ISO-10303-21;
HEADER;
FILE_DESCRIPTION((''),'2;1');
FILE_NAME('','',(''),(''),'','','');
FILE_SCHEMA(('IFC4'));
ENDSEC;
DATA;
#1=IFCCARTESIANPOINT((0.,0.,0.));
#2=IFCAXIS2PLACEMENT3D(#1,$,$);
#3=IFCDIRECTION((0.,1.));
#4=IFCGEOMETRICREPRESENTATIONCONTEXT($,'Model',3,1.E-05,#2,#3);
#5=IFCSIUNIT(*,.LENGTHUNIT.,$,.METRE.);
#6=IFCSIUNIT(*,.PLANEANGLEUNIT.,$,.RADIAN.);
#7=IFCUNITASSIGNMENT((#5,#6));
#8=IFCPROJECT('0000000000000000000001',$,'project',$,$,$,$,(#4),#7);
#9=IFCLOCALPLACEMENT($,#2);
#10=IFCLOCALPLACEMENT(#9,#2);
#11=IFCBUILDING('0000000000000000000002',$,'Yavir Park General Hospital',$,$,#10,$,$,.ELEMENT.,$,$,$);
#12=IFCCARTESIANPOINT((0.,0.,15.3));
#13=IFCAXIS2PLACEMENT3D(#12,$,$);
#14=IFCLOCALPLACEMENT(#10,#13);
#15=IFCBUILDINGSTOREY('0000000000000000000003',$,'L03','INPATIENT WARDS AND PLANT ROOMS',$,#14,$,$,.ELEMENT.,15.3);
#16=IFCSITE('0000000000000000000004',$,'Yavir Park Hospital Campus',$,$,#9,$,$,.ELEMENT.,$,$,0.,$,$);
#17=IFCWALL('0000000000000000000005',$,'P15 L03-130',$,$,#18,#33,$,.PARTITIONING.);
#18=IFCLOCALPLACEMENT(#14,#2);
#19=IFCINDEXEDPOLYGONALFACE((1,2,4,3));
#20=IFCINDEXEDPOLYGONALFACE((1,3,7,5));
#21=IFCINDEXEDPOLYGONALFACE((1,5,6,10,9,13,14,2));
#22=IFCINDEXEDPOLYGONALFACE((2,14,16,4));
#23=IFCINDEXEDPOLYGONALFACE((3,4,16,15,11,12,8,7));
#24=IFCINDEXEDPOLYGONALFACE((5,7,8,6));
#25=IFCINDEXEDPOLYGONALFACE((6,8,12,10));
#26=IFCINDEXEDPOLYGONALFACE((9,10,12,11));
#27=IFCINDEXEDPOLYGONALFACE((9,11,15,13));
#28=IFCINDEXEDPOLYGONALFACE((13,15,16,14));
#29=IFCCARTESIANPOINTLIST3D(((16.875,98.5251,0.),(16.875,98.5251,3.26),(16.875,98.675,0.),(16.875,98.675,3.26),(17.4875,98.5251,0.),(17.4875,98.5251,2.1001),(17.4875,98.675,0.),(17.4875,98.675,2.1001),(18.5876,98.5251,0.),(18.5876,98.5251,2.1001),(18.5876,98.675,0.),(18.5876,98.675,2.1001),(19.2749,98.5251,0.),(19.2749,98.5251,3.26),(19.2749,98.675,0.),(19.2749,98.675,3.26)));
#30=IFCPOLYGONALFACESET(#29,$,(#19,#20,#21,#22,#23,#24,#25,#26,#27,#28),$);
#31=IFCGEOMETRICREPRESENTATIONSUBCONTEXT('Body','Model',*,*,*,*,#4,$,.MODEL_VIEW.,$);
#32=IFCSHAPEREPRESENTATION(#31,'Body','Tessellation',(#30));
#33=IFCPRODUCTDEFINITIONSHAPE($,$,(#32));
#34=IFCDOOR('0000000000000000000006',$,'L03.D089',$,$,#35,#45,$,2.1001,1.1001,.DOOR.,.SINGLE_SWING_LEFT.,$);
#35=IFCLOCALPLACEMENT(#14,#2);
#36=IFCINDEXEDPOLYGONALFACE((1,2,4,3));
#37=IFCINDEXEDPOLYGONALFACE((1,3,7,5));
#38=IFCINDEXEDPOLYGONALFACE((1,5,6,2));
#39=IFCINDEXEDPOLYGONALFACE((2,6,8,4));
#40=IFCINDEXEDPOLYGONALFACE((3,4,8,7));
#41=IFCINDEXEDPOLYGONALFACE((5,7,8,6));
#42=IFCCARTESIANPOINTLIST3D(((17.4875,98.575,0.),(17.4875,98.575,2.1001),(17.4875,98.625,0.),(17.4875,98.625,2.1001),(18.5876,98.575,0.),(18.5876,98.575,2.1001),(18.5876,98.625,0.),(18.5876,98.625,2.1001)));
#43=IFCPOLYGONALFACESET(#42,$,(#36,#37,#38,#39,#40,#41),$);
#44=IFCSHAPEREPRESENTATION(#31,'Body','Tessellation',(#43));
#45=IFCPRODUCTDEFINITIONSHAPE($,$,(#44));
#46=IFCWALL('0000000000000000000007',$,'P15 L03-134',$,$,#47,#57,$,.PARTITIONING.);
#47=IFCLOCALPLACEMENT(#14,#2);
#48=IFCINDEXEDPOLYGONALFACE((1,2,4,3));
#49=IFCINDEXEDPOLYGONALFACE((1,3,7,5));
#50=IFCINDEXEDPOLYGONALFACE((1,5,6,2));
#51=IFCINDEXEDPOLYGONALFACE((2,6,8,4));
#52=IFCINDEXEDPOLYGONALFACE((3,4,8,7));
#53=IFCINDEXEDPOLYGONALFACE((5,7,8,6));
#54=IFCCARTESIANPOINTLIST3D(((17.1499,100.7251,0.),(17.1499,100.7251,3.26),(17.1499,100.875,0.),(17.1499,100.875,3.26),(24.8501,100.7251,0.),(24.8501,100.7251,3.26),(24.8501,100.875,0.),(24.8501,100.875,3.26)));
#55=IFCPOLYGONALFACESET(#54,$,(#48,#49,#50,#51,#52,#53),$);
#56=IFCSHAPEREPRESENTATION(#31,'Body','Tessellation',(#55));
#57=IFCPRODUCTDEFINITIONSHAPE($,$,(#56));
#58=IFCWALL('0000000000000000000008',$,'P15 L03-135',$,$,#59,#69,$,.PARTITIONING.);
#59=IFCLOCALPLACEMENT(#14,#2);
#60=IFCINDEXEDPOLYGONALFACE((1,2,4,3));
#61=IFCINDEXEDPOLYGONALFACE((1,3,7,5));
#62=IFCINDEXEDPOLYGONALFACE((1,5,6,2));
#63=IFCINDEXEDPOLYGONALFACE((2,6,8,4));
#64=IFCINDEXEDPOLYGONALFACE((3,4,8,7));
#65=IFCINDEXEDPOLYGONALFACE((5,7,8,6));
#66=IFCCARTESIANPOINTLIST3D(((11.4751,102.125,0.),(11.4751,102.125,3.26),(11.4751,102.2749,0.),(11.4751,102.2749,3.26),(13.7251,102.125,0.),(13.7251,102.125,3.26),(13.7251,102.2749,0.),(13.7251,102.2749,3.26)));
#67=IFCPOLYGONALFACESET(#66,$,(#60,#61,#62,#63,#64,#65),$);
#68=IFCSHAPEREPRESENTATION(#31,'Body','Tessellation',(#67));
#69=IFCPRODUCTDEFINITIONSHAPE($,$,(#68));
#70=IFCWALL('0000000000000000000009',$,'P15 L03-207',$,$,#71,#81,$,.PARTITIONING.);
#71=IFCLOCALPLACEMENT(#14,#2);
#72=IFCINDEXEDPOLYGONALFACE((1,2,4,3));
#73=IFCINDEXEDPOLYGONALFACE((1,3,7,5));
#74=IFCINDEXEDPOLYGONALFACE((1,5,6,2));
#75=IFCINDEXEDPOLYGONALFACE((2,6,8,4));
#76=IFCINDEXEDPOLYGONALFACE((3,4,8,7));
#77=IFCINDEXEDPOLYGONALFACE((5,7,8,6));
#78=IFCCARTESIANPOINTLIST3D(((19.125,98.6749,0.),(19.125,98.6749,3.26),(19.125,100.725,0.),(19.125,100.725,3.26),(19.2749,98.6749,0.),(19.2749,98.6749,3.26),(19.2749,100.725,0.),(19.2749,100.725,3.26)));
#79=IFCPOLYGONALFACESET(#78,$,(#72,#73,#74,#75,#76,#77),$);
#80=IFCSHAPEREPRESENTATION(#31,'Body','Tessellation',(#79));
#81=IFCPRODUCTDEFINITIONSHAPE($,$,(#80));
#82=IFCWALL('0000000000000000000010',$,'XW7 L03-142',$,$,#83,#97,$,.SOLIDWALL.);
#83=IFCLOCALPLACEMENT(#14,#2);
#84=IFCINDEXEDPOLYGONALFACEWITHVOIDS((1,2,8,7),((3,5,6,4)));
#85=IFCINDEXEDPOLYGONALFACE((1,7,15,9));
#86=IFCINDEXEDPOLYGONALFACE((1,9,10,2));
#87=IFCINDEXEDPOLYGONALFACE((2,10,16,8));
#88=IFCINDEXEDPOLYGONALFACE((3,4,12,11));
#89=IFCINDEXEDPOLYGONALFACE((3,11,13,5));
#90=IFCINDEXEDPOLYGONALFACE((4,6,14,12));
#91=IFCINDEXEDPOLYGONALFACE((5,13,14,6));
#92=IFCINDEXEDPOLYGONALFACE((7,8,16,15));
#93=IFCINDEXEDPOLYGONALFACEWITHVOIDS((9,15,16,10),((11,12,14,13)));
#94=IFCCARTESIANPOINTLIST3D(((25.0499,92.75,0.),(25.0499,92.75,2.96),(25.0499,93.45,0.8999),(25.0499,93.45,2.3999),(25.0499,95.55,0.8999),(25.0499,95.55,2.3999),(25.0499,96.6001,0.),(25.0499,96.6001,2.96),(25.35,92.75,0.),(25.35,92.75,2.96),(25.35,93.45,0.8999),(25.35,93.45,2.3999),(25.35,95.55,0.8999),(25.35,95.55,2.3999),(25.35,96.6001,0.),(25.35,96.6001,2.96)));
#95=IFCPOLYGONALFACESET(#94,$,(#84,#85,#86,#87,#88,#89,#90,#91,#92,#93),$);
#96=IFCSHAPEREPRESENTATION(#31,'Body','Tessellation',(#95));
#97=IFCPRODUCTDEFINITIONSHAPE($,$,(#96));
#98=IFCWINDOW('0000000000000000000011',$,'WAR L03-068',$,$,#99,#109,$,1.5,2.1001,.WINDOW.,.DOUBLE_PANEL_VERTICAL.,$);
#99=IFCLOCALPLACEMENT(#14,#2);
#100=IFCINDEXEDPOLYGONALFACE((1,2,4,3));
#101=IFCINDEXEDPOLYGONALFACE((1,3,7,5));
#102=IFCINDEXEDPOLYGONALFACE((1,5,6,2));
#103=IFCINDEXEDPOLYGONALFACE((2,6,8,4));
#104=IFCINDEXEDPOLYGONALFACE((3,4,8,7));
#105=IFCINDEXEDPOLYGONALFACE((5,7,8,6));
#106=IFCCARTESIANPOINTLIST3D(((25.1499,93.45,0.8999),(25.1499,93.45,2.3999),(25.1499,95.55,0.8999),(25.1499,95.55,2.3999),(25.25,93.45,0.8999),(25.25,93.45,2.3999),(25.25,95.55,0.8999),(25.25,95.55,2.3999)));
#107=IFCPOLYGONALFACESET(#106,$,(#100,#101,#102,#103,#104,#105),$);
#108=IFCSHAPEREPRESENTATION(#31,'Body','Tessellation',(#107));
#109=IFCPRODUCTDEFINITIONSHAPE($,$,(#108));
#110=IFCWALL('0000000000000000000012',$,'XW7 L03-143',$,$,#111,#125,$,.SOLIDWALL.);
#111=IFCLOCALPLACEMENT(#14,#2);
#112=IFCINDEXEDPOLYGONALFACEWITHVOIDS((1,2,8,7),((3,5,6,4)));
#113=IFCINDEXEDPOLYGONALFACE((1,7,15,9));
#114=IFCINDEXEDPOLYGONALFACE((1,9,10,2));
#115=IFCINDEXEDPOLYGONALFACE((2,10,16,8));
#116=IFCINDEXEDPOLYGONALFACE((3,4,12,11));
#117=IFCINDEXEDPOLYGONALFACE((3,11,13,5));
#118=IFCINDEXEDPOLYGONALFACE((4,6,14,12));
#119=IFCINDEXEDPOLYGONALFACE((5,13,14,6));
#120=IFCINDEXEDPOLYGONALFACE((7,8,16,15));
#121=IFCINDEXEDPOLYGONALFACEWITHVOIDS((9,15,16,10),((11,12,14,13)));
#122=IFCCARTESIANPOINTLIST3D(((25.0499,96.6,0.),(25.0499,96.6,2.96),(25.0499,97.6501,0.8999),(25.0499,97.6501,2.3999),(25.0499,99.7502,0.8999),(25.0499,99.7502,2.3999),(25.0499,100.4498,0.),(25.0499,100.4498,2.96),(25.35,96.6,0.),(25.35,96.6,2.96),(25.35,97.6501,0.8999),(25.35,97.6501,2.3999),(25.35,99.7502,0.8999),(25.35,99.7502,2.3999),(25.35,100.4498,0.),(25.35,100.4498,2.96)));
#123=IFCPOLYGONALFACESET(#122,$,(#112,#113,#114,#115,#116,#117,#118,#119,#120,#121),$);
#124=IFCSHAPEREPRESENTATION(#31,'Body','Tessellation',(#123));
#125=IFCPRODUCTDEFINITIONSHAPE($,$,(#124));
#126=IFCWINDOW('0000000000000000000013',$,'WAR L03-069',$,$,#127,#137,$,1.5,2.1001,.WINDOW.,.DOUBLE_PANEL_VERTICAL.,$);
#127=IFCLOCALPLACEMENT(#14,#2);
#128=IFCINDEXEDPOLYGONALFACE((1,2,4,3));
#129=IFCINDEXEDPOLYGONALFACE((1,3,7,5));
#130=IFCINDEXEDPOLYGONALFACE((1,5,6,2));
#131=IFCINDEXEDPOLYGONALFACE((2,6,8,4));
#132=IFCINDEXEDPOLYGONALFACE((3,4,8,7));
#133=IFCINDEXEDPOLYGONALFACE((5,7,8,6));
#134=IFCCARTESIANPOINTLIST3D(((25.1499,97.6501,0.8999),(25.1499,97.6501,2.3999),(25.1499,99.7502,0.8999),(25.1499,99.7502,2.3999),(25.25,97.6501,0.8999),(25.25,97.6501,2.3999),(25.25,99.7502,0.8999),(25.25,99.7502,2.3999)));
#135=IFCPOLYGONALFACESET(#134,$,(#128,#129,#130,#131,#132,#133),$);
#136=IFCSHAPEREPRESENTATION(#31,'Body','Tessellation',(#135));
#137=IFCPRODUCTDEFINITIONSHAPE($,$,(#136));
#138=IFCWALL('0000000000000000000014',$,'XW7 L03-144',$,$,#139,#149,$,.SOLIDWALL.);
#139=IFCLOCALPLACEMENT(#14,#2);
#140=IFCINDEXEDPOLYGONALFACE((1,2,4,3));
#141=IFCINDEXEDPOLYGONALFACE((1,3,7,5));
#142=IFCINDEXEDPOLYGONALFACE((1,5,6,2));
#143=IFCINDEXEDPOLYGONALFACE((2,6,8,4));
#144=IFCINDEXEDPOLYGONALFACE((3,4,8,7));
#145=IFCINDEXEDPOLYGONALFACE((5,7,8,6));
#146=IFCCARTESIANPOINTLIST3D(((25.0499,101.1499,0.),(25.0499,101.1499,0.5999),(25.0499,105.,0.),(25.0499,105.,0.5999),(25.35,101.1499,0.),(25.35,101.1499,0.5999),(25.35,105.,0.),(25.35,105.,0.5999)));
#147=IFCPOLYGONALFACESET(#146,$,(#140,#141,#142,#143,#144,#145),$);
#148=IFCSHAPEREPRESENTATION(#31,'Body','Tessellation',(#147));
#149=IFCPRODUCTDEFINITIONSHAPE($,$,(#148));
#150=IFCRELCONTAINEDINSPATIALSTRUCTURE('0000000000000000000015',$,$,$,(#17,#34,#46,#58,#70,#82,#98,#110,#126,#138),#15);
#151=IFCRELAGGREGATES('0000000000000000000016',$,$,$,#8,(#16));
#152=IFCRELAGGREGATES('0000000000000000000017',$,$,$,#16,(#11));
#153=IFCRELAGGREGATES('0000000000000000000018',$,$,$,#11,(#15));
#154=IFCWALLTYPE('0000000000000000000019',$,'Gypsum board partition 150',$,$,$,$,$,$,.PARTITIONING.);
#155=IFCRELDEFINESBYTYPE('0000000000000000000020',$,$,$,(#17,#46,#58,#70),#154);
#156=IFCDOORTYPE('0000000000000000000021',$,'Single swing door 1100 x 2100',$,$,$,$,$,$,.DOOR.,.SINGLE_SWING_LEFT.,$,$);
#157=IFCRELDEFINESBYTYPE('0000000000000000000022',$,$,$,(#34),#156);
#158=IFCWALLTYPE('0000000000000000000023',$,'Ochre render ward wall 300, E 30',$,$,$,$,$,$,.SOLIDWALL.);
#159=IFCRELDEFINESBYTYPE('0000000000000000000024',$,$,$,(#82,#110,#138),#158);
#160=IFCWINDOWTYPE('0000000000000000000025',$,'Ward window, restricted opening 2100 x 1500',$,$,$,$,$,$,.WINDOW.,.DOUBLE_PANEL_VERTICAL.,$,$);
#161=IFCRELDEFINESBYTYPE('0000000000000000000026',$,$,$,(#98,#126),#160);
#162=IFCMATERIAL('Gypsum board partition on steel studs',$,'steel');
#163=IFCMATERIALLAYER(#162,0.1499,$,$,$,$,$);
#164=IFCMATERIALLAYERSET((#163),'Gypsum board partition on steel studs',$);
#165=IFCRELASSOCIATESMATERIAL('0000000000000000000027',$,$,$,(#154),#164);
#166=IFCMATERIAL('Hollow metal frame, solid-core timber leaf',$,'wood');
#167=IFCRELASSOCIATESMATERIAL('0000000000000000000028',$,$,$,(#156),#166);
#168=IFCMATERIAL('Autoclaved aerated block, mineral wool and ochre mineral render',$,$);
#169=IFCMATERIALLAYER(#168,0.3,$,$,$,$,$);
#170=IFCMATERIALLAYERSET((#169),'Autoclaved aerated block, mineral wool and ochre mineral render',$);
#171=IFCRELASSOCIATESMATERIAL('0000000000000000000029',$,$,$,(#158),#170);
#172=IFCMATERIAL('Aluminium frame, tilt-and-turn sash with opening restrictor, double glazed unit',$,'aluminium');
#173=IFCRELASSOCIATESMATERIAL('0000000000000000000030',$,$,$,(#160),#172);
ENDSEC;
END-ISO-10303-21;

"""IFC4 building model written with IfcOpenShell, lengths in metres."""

from ifc_helpers import new_model, si_unit, direction, frame, frame_2d, origin, place, context, subcontext, project, spatial, rectangle, extrude, material, layer, layer_set, type_object, element, fill, save


model = new_model("IFC4")

# Units and contexts
model_context = context("Model", 3, precision=1e-05, world=origin(), true_north=direction((0.0, 1.0)))
body_context = subcontext(model_context, "Body", "Model", "MODEL_VIEW")
ifc_project = project(units=[si_unit("LENGTHUNIT", "METRE"), si_unit("PLANEANGLEUNIT", "RADIAN")], contexts=[model_context])

# Site, building, storey
site_placement = place(None, origin())
site = spatial("IfcSite", under=ifc_project, at=site_placement, Name="Yavir Park Hospital Campus", CompositionType="ELEMENT", RefElevation=0.0)
building_placement = place(site_placement, origin())
building = spatial("IfcBuilding", under=site, at=building_placement, Name="Yavir Park General Hospital", CompositionType="ELEMENT")
storey_placement = place(building_placement, frame((0.0, 0.0, 15.3)))
storey = spatial("IfcBuildingStorey", under=building, at=storey_placement, Name="L03", Description="INPATIENT WARDS AND PLANT ROOMS", CompositionType="ELEMENT", Elevation=15.3)

# Shared definitions
ifc_material_1 = material(Name="Gypsum board partition on steel studs", Category="steel")
ifc_layer_1 = layer(ifc_material_1, 0.1499)
ifc_layer_set_1 = layer_set([ifc_layer_1], Name="Gypsum board partition on steel studs")
wall_type_1 = type_object("IfcWallType", Name="Gypsum board partition 150", PredefinedType="PARTITIONING", material=ifc_layer_set_1)

# Wall, opening, door
wall_1_placement = place(storey_placement, frame((16.875, 98.6001, 0.0), z_axis=(0.0, 0.0, 1.0), x_axis=(1.0, 0.0, 0.0)))
wall_1 = element("IfcWall", 1, at=wall_1_placement, inside=storey, type_object=wall_type_1, Name="P15 L03-130", PredefinedType="PARTITIONING", context=body_context, shape_type="SweptSolid", body=[
    extrude(rectangle(XDim=2.3999, YDim=0.1499, at=frame_2d((1.2, 0.0))), origin(), (0.0, 0.0, 1.0), 3.26),
])
opening_1_placement = place(wall_1_placement, frame((0.6125, 0.0, 0.0)))
opening_1 = element("IfcOpeningElement", 2, at=opening_1_placement, cuts=wall_1, PredefinedType="OPENING", context=body_context, shape_type="SweptSolid", body=[
    extrude(rectangle(XDim=1.1001, YDim=2.1001, at=frame_2d((0.55, 1.05))), frame((0.0, 0.085, 0.0), z_axis=(0.0, -1.0, 0.0), x_axis=(1.0, 0.0, 0.0)), (0.0, 0.0, 1.0), 0.1699),
])
ifc_material_2 = material(Name="Hollow metal frame, solid-core timber leaf", Category="wood")
door_type_1 = type_object("IfcDoorType", Name="Single swing door 1100 x 2100", OperationType="SINGLE_SWING_LEFT", PredefinedType="DOOR", material=ifc_material_2)
door_1_placement = place(opening_1_placement, origin())
door_1 = element("IfcDoor", 3, at=door_1_placement, inside=storey, type_object=door_type_1, Name="L03.D089", OperationType="SINGLE_SWING_LEFT", OverallHeight=2.1001, OverallWidth=1.1001, PredefinedType="DOOR", context=body_context, shape_type="SweptSolid", body=[
    extrude(rectangle(XDim=1.1001, YDim=2.1001, at=frame_2d((0.55, 1.05))), frame((0.0, 0.0249, 0.0), z_axis=(0.0, -1.0, 0.0), x_axis=(1.0, 0.0, 0.0)), (0.0, 0.0, 1.0), 0.05),
])
fill(opening_1, door_1)

# Walls
wall_2_placement = place(storey_placement, frame((17.1499, 100.8, 0.0), z_axis=(0.0, 0.0, 1.0), x_axis=(1.0, 0.0, 0.0)))
element("IfcWall", 4, at=wall_2_placement, inside=storey, type_object=wall_type_1, Name="P15 L03-134", PredefinedType="PARTITIONING", context=body_context, shape_type="SweptSolid", body=[
    extrude(rectangle(XDim=7.7002, YDim=0.1499, at=frame_2d((3.8501, 0.0))), origin(), (0.0, 0.0, 1.0), 3.26),
])
wall_3_placement = place(storey_placement, frame((11.4751, 102.2, 0.0), z_axis=(0.0, 0.0, 1.0), x_axis=(1.0, 0.0, 0.0)))
element("IfcWall", 5, at=wall_3_placement, inside=storey, type_object=wall_type_1, Name="P15 L03-135", PredefinedType="PARTITIONING", context=body_context, shape_type="SweptSolid", body=[
    extrude(rectangle(XDim=2.25, YDim=0.1499, at=frame_2d((1.125, 0.0))), origin(), (0.0, 0.0, 1.0), 3.26),
])

# Wall
wall_4_placement = place(storey_placement, frame((19.2, 98.675, 0.0), z_axis=(0.0, 0.0, 1.0), x_axis=(0.0, 1.0, 0.0)))
element("IfcWall", 6, at=wall_4_placement, inside=storey, type_object=wall_type_1, Name="P15 L03-207", PredefinedType="PARTITIONING", context=body_context, shape_type="SweptSolid", body=[
    extrude(rectangle(XDim=2.05, YDim=0.1499, at=frame_2d((1.0249, 0.0))), origin(), (0.0, 0.0, 1.0), 3.26),
])

# Walls, openings, windows
ifc_material_3 = material(Name="Autoclaved aerated block, mineral wool and ochre mineral render")
ifc_layer_2 = layer(ifc_material_3, 0.3)
ifc_layer_set_2 = layer_set([ifc_layer_2], Name="Autoclaved aerated block, mineral wool and ochre mineral render")
wall_type_2 = type_object("IfcWallType", Name="Ochre render ward wall 300, E 30", PredefinedType="SOLIDWALL", material=ifc_layer_set_2)
wall_5_placement = place(storey_placement, frame((25.2, 92.75, 0.0), z_axis=(0.0, 0.0, 1.0), x_axis=(0.0, 1.0, 0.0)))
wall_5 = element("IfcWall", 7, at=wall_5_placement, inside=storey, type_object=wall_type_2, Name="XW7 L03-142", PredefinedType="SOLIDWALL", context=body_context, shape_type="SweptSolid", body=[
    extrude(rectangle(XDim=3.8501, YDim=0.3, at=frame_2d((1.925, 0.0))), origin(), (0.0, 0.0, 1.0), 2.96),
])
opening_2_placement = place(wall_5_placement, frame((0.7, 0.0, 0.8999)))
opening_2 = element("IfcOpeningElement", 8, at=opening_2_placement, cuts=wall_5, PredefinedType="OPENING", context=body_context, shape_type="SweptSolid", body=[
    extrude(rectangle(XDim=2.1001, YDim=1.5, at=frame_2d((1.05, 0.75))), frame((0.0, 0.1599, 0.0), z_axis=(0.0, -1.0, 0.0), x_axis=(1.0, 0.0, 0.0)), (0.0, 0.0, 1.0), 0.3201),
])
ifc_material_4 = material(Name="Aluminium frame, tilt-and-turn sash with opening restrictor, double glazed unit", Category="aluminium")
window_type = type_object("IfcWindowType", Name="Ward window, restricted opening 2100 x 1500", PartitioningType="DOUBLE_PANEL_VERTICAL", PredefinedType="WINDOW", material=ifc_material_4)
window_1_placement = place(opening_2_placement, origin())
window_1 = element("IfcWindow", 9, at=window_1_placement, inside=storey, type_object=window_type, Name="WAR L03-068", OverallHeight=1.5, OverallWidth=2.1001, PartitioningType="DOUBLE_PANEL_VERTICAL", PredefinedType="WINDOW", context=body_context, shape_type="SweptSolid", body=[
    extrude(rectangle(XDim=2.1001, YDim=1.5, at=frame_2d((1.05, 0.75))), frame((0.0, 0.05, 0.0), z_axis=(0.0, -1.0, 0.0), x_axis=(1.0, 0.0, 0.0)), (0.0, 0.0, 1.0), 0.1001),
])
fill(opening_2, window_1)
wall_6_placement = place(storey_placement, frame((25.2, 96.6001, 0.0), z_axis=(0.0, 0.0, 1.0), x_axis=(0.0, 1.0, 0.0)))
wall_6 = element("IfcWall", 10, at=wall_6_placement, inside=storey, type_object=wall_type_2, Name="XW7 L03-143", PredefinedType="SOLIDWALL", context=body_context, shape_type="SweptSolid", body=[
    extrude(rectangle(XDim=3.8499, YDim=0.3, at=frame_2d((1.9248, 0.0))), origin(), (0.0, 0.0, 1.0), 2.96),
])
opening_3_placement = place(wall_6_placement, frame((1.05, 0.0, 0.8999)))
opening_3 = element("IfcOpeningElement", 11, at=opening_3_placement, cuts=wall_6, PredefinedType="OPENING", context=body_context, shape_type="SweptSolid", body=[
    extrude(rectangle(XDim=2.1001, YDim=1.5, at=frame_2d((1.05, 0.75))), frame((0.0, 0.1599, 0.0), z_axis=(0.0, -1.0, 0.0), x_axis=(1.0, 0.0, 0.0)), (0.0, 0.0, 1.0), 0.3201),
])
window_2_placement = place(opening_3_placement, origin())
window_2 = element("IfcWindow", 12, at=window_2_placement, inside=storey, type_object=window_type, Name="WAR L03-069", OverallHeight=1.5, OverallWidth=2.1001, PartitioningType="DOUBLE_PANEL_VERTICAL", PredefinedType="WINDOW", context=body_context, shape_type="SweptSolid", body=[
    extrude(rectangle(XDim=2.1001, YDim=1.5, at=frame_2d((1.05, 0.75))), frame((0.0, 0.05, 0.0), z_axis=(0.0, -1.0, 0.0), x_axis=(1.0, 0.0, 0.0)), (0.0, 0.0, 1.0), 0.1001),
])
fill(opening_3, window_2)

# Wall
wall_7_placement = place(storey_placement, frame((25.2, 101.1499, 0.0), z_axis=(0.0, 0.0, 1.0), x_axis=(0.0, 1.0, 0.0)))
element("IfcWall", 13, at=wall_7_placement, inside=storey, type_object=wall_type_2, Name="XW7 L03-144", PredefinedType="SOLIDWALL", context=body_context, shape_type="SweptSolid", body=[
    extrude(rectangle(XDim=3.8501, YDim=0.3, at=frame_2d((1.925, 0.0))), origin(), (0.0, 0.0, 1.0), 0.5999),
])

save(model, "model.ifc")
